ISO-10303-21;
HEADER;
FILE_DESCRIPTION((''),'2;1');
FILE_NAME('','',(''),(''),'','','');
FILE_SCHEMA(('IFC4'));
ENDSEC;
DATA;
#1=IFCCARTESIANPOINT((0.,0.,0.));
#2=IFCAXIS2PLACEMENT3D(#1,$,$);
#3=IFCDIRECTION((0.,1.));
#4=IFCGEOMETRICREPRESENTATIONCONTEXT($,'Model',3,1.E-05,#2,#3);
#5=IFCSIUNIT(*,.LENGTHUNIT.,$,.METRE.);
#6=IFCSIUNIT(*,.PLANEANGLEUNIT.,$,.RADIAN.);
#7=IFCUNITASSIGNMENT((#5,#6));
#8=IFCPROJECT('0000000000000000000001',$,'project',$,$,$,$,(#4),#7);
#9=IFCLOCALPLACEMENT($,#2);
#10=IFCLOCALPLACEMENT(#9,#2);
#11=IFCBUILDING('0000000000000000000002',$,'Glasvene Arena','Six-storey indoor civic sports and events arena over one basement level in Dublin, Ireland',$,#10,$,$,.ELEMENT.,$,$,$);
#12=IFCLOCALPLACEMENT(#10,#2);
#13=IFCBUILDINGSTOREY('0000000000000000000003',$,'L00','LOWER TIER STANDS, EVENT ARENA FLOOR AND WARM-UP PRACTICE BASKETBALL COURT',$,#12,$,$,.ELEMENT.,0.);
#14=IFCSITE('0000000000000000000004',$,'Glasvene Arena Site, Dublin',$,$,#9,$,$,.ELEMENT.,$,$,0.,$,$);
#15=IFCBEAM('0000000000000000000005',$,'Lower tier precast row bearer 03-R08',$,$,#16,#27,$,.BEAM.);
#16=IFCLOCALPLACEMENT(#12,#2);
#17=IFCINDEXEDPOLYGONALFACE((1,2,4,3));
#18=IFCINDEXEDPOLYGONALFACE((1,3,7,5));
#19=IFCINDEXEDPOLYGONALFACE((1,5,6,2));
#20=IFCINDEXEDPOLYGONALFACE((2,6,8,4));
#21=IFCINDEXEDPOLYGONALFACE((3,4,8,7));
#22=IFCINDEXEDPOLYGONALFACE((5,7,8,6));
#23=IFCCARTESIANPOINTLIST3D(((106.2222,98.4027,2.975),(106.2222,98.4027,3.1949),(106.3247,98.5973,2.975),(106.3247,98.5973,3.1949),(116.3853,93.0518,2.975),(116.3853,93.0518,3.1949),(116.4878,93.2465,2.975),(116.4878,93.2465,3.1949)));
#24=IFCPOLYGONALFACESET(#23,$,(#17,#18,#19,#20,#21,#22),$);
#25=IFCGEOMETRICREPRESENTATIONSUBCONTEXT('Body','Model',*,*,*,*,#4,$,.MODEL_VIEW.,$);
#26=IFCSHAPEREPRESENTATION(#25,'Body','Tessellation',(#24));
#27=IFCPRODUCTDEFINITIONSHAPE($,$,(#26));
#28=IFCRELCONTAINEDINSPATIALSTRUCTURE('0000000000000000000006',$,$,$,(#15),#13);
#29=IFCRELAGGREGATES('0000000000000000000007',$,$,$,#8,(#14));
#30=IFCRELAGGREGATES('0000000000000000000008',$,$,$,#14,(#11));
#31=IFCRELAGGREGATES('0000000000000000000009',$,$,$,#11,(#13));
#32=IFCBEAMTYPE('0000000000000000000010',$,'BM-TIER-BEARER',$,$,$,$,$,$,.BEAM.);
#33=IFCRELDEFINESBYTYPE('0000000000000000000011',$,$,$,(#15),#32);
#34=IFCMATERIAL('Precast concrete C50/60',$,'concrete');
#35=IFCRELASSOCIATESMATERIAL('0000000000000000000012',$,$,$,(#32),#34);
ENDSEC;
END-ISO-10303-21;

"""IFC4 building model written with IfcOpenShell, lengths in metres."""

from ifc_helpers import new_model, si_unit, direction, frame, origin, origin_2d, place, context, subcontext, project, spatial, rectangle, extrude, material, material_profile, profile_set, type_object, element, save


model = new_model("IFC4")

# Units and contexts
model_context = context("Model", 3, precision=1e-05, world=origin(), true_north=direction((0.0, 1.0)))
body_context = subcontext(model_context, "Body", "Model", "MODEL_VIEW")
ifc_project = project(units=[si_unit("LENGTHUNIT", "METRE"), si_unit("PLANEANGLEUNIT", "RADIAN")], contexts=[model_context])

# Site, building, storey
site_placement = place(None, origin())
site = spatial("IfcSite", under=ifc_project, at=site_placement, Name="Glasvene Arena Site, Dublin", CompositionType="ELEMENT", RefElevation=0.0)
building_placement = place(site_placement, origin())
building = spatial("IfcBuilding", under=site, at=building_placement, Name="Glasvene Arena", Description="Six-storey indoor civic sports and events arena over one basement level in Dublin, Ireland", CompositionType="ELEMENT")
storey_placement = place(building_placement, origin())
storey = spatial("IfcBuildingStorey", under=building, at=storey_placement, Name="L00", Description="LOWER TIER STANDS, EVENT ARENA FLOOR AND WARM-UP PRACTICE BASKETBALL COURT", CompositionType="ELEMENT", Elevation=0.0)

# Beam
ifc_material_1 = material(Name="Precast concrete C50/60", Category="concrete")
ifc_material_profile_1 = material_profile(ifc_material_1, rectangle(XDim=0.22, YDim=0.22, at=origin_2d()), Name="RC 220x220")
ifc_profile_set_1 = profile_set([ifc_material_profile_1], Name="Precast concrete C50/60")
beam_type_1 = type_object("IfcBeamType", Name="BM-TIER-BEARER", PredefinedType="BEAM", material=ifc_profile_set_1)
beam_1_placement = place(storey_placement, frame((116.4365, 93.1492, 3.085), z_axis=(-0.884852, 0.465872, 0.0), x_axis=(-0.465872, -0.884852, 0.0)))
element("IfcBeam", 1, at=beam_1_placement, inside=storey, type_object=beam_type_1, Name="Lower tier precast row bearer 03-R08", PredefinedType="BEAM", context=body_context, shape_type="SweptSolid", body=[
    extrude(rectangle(XDim=0.22, YDim=0.22, at=origin_2d()), origin(), (0.0, 0.0, 1.0), 11.4856),
])

save(model, "model.ifc")
